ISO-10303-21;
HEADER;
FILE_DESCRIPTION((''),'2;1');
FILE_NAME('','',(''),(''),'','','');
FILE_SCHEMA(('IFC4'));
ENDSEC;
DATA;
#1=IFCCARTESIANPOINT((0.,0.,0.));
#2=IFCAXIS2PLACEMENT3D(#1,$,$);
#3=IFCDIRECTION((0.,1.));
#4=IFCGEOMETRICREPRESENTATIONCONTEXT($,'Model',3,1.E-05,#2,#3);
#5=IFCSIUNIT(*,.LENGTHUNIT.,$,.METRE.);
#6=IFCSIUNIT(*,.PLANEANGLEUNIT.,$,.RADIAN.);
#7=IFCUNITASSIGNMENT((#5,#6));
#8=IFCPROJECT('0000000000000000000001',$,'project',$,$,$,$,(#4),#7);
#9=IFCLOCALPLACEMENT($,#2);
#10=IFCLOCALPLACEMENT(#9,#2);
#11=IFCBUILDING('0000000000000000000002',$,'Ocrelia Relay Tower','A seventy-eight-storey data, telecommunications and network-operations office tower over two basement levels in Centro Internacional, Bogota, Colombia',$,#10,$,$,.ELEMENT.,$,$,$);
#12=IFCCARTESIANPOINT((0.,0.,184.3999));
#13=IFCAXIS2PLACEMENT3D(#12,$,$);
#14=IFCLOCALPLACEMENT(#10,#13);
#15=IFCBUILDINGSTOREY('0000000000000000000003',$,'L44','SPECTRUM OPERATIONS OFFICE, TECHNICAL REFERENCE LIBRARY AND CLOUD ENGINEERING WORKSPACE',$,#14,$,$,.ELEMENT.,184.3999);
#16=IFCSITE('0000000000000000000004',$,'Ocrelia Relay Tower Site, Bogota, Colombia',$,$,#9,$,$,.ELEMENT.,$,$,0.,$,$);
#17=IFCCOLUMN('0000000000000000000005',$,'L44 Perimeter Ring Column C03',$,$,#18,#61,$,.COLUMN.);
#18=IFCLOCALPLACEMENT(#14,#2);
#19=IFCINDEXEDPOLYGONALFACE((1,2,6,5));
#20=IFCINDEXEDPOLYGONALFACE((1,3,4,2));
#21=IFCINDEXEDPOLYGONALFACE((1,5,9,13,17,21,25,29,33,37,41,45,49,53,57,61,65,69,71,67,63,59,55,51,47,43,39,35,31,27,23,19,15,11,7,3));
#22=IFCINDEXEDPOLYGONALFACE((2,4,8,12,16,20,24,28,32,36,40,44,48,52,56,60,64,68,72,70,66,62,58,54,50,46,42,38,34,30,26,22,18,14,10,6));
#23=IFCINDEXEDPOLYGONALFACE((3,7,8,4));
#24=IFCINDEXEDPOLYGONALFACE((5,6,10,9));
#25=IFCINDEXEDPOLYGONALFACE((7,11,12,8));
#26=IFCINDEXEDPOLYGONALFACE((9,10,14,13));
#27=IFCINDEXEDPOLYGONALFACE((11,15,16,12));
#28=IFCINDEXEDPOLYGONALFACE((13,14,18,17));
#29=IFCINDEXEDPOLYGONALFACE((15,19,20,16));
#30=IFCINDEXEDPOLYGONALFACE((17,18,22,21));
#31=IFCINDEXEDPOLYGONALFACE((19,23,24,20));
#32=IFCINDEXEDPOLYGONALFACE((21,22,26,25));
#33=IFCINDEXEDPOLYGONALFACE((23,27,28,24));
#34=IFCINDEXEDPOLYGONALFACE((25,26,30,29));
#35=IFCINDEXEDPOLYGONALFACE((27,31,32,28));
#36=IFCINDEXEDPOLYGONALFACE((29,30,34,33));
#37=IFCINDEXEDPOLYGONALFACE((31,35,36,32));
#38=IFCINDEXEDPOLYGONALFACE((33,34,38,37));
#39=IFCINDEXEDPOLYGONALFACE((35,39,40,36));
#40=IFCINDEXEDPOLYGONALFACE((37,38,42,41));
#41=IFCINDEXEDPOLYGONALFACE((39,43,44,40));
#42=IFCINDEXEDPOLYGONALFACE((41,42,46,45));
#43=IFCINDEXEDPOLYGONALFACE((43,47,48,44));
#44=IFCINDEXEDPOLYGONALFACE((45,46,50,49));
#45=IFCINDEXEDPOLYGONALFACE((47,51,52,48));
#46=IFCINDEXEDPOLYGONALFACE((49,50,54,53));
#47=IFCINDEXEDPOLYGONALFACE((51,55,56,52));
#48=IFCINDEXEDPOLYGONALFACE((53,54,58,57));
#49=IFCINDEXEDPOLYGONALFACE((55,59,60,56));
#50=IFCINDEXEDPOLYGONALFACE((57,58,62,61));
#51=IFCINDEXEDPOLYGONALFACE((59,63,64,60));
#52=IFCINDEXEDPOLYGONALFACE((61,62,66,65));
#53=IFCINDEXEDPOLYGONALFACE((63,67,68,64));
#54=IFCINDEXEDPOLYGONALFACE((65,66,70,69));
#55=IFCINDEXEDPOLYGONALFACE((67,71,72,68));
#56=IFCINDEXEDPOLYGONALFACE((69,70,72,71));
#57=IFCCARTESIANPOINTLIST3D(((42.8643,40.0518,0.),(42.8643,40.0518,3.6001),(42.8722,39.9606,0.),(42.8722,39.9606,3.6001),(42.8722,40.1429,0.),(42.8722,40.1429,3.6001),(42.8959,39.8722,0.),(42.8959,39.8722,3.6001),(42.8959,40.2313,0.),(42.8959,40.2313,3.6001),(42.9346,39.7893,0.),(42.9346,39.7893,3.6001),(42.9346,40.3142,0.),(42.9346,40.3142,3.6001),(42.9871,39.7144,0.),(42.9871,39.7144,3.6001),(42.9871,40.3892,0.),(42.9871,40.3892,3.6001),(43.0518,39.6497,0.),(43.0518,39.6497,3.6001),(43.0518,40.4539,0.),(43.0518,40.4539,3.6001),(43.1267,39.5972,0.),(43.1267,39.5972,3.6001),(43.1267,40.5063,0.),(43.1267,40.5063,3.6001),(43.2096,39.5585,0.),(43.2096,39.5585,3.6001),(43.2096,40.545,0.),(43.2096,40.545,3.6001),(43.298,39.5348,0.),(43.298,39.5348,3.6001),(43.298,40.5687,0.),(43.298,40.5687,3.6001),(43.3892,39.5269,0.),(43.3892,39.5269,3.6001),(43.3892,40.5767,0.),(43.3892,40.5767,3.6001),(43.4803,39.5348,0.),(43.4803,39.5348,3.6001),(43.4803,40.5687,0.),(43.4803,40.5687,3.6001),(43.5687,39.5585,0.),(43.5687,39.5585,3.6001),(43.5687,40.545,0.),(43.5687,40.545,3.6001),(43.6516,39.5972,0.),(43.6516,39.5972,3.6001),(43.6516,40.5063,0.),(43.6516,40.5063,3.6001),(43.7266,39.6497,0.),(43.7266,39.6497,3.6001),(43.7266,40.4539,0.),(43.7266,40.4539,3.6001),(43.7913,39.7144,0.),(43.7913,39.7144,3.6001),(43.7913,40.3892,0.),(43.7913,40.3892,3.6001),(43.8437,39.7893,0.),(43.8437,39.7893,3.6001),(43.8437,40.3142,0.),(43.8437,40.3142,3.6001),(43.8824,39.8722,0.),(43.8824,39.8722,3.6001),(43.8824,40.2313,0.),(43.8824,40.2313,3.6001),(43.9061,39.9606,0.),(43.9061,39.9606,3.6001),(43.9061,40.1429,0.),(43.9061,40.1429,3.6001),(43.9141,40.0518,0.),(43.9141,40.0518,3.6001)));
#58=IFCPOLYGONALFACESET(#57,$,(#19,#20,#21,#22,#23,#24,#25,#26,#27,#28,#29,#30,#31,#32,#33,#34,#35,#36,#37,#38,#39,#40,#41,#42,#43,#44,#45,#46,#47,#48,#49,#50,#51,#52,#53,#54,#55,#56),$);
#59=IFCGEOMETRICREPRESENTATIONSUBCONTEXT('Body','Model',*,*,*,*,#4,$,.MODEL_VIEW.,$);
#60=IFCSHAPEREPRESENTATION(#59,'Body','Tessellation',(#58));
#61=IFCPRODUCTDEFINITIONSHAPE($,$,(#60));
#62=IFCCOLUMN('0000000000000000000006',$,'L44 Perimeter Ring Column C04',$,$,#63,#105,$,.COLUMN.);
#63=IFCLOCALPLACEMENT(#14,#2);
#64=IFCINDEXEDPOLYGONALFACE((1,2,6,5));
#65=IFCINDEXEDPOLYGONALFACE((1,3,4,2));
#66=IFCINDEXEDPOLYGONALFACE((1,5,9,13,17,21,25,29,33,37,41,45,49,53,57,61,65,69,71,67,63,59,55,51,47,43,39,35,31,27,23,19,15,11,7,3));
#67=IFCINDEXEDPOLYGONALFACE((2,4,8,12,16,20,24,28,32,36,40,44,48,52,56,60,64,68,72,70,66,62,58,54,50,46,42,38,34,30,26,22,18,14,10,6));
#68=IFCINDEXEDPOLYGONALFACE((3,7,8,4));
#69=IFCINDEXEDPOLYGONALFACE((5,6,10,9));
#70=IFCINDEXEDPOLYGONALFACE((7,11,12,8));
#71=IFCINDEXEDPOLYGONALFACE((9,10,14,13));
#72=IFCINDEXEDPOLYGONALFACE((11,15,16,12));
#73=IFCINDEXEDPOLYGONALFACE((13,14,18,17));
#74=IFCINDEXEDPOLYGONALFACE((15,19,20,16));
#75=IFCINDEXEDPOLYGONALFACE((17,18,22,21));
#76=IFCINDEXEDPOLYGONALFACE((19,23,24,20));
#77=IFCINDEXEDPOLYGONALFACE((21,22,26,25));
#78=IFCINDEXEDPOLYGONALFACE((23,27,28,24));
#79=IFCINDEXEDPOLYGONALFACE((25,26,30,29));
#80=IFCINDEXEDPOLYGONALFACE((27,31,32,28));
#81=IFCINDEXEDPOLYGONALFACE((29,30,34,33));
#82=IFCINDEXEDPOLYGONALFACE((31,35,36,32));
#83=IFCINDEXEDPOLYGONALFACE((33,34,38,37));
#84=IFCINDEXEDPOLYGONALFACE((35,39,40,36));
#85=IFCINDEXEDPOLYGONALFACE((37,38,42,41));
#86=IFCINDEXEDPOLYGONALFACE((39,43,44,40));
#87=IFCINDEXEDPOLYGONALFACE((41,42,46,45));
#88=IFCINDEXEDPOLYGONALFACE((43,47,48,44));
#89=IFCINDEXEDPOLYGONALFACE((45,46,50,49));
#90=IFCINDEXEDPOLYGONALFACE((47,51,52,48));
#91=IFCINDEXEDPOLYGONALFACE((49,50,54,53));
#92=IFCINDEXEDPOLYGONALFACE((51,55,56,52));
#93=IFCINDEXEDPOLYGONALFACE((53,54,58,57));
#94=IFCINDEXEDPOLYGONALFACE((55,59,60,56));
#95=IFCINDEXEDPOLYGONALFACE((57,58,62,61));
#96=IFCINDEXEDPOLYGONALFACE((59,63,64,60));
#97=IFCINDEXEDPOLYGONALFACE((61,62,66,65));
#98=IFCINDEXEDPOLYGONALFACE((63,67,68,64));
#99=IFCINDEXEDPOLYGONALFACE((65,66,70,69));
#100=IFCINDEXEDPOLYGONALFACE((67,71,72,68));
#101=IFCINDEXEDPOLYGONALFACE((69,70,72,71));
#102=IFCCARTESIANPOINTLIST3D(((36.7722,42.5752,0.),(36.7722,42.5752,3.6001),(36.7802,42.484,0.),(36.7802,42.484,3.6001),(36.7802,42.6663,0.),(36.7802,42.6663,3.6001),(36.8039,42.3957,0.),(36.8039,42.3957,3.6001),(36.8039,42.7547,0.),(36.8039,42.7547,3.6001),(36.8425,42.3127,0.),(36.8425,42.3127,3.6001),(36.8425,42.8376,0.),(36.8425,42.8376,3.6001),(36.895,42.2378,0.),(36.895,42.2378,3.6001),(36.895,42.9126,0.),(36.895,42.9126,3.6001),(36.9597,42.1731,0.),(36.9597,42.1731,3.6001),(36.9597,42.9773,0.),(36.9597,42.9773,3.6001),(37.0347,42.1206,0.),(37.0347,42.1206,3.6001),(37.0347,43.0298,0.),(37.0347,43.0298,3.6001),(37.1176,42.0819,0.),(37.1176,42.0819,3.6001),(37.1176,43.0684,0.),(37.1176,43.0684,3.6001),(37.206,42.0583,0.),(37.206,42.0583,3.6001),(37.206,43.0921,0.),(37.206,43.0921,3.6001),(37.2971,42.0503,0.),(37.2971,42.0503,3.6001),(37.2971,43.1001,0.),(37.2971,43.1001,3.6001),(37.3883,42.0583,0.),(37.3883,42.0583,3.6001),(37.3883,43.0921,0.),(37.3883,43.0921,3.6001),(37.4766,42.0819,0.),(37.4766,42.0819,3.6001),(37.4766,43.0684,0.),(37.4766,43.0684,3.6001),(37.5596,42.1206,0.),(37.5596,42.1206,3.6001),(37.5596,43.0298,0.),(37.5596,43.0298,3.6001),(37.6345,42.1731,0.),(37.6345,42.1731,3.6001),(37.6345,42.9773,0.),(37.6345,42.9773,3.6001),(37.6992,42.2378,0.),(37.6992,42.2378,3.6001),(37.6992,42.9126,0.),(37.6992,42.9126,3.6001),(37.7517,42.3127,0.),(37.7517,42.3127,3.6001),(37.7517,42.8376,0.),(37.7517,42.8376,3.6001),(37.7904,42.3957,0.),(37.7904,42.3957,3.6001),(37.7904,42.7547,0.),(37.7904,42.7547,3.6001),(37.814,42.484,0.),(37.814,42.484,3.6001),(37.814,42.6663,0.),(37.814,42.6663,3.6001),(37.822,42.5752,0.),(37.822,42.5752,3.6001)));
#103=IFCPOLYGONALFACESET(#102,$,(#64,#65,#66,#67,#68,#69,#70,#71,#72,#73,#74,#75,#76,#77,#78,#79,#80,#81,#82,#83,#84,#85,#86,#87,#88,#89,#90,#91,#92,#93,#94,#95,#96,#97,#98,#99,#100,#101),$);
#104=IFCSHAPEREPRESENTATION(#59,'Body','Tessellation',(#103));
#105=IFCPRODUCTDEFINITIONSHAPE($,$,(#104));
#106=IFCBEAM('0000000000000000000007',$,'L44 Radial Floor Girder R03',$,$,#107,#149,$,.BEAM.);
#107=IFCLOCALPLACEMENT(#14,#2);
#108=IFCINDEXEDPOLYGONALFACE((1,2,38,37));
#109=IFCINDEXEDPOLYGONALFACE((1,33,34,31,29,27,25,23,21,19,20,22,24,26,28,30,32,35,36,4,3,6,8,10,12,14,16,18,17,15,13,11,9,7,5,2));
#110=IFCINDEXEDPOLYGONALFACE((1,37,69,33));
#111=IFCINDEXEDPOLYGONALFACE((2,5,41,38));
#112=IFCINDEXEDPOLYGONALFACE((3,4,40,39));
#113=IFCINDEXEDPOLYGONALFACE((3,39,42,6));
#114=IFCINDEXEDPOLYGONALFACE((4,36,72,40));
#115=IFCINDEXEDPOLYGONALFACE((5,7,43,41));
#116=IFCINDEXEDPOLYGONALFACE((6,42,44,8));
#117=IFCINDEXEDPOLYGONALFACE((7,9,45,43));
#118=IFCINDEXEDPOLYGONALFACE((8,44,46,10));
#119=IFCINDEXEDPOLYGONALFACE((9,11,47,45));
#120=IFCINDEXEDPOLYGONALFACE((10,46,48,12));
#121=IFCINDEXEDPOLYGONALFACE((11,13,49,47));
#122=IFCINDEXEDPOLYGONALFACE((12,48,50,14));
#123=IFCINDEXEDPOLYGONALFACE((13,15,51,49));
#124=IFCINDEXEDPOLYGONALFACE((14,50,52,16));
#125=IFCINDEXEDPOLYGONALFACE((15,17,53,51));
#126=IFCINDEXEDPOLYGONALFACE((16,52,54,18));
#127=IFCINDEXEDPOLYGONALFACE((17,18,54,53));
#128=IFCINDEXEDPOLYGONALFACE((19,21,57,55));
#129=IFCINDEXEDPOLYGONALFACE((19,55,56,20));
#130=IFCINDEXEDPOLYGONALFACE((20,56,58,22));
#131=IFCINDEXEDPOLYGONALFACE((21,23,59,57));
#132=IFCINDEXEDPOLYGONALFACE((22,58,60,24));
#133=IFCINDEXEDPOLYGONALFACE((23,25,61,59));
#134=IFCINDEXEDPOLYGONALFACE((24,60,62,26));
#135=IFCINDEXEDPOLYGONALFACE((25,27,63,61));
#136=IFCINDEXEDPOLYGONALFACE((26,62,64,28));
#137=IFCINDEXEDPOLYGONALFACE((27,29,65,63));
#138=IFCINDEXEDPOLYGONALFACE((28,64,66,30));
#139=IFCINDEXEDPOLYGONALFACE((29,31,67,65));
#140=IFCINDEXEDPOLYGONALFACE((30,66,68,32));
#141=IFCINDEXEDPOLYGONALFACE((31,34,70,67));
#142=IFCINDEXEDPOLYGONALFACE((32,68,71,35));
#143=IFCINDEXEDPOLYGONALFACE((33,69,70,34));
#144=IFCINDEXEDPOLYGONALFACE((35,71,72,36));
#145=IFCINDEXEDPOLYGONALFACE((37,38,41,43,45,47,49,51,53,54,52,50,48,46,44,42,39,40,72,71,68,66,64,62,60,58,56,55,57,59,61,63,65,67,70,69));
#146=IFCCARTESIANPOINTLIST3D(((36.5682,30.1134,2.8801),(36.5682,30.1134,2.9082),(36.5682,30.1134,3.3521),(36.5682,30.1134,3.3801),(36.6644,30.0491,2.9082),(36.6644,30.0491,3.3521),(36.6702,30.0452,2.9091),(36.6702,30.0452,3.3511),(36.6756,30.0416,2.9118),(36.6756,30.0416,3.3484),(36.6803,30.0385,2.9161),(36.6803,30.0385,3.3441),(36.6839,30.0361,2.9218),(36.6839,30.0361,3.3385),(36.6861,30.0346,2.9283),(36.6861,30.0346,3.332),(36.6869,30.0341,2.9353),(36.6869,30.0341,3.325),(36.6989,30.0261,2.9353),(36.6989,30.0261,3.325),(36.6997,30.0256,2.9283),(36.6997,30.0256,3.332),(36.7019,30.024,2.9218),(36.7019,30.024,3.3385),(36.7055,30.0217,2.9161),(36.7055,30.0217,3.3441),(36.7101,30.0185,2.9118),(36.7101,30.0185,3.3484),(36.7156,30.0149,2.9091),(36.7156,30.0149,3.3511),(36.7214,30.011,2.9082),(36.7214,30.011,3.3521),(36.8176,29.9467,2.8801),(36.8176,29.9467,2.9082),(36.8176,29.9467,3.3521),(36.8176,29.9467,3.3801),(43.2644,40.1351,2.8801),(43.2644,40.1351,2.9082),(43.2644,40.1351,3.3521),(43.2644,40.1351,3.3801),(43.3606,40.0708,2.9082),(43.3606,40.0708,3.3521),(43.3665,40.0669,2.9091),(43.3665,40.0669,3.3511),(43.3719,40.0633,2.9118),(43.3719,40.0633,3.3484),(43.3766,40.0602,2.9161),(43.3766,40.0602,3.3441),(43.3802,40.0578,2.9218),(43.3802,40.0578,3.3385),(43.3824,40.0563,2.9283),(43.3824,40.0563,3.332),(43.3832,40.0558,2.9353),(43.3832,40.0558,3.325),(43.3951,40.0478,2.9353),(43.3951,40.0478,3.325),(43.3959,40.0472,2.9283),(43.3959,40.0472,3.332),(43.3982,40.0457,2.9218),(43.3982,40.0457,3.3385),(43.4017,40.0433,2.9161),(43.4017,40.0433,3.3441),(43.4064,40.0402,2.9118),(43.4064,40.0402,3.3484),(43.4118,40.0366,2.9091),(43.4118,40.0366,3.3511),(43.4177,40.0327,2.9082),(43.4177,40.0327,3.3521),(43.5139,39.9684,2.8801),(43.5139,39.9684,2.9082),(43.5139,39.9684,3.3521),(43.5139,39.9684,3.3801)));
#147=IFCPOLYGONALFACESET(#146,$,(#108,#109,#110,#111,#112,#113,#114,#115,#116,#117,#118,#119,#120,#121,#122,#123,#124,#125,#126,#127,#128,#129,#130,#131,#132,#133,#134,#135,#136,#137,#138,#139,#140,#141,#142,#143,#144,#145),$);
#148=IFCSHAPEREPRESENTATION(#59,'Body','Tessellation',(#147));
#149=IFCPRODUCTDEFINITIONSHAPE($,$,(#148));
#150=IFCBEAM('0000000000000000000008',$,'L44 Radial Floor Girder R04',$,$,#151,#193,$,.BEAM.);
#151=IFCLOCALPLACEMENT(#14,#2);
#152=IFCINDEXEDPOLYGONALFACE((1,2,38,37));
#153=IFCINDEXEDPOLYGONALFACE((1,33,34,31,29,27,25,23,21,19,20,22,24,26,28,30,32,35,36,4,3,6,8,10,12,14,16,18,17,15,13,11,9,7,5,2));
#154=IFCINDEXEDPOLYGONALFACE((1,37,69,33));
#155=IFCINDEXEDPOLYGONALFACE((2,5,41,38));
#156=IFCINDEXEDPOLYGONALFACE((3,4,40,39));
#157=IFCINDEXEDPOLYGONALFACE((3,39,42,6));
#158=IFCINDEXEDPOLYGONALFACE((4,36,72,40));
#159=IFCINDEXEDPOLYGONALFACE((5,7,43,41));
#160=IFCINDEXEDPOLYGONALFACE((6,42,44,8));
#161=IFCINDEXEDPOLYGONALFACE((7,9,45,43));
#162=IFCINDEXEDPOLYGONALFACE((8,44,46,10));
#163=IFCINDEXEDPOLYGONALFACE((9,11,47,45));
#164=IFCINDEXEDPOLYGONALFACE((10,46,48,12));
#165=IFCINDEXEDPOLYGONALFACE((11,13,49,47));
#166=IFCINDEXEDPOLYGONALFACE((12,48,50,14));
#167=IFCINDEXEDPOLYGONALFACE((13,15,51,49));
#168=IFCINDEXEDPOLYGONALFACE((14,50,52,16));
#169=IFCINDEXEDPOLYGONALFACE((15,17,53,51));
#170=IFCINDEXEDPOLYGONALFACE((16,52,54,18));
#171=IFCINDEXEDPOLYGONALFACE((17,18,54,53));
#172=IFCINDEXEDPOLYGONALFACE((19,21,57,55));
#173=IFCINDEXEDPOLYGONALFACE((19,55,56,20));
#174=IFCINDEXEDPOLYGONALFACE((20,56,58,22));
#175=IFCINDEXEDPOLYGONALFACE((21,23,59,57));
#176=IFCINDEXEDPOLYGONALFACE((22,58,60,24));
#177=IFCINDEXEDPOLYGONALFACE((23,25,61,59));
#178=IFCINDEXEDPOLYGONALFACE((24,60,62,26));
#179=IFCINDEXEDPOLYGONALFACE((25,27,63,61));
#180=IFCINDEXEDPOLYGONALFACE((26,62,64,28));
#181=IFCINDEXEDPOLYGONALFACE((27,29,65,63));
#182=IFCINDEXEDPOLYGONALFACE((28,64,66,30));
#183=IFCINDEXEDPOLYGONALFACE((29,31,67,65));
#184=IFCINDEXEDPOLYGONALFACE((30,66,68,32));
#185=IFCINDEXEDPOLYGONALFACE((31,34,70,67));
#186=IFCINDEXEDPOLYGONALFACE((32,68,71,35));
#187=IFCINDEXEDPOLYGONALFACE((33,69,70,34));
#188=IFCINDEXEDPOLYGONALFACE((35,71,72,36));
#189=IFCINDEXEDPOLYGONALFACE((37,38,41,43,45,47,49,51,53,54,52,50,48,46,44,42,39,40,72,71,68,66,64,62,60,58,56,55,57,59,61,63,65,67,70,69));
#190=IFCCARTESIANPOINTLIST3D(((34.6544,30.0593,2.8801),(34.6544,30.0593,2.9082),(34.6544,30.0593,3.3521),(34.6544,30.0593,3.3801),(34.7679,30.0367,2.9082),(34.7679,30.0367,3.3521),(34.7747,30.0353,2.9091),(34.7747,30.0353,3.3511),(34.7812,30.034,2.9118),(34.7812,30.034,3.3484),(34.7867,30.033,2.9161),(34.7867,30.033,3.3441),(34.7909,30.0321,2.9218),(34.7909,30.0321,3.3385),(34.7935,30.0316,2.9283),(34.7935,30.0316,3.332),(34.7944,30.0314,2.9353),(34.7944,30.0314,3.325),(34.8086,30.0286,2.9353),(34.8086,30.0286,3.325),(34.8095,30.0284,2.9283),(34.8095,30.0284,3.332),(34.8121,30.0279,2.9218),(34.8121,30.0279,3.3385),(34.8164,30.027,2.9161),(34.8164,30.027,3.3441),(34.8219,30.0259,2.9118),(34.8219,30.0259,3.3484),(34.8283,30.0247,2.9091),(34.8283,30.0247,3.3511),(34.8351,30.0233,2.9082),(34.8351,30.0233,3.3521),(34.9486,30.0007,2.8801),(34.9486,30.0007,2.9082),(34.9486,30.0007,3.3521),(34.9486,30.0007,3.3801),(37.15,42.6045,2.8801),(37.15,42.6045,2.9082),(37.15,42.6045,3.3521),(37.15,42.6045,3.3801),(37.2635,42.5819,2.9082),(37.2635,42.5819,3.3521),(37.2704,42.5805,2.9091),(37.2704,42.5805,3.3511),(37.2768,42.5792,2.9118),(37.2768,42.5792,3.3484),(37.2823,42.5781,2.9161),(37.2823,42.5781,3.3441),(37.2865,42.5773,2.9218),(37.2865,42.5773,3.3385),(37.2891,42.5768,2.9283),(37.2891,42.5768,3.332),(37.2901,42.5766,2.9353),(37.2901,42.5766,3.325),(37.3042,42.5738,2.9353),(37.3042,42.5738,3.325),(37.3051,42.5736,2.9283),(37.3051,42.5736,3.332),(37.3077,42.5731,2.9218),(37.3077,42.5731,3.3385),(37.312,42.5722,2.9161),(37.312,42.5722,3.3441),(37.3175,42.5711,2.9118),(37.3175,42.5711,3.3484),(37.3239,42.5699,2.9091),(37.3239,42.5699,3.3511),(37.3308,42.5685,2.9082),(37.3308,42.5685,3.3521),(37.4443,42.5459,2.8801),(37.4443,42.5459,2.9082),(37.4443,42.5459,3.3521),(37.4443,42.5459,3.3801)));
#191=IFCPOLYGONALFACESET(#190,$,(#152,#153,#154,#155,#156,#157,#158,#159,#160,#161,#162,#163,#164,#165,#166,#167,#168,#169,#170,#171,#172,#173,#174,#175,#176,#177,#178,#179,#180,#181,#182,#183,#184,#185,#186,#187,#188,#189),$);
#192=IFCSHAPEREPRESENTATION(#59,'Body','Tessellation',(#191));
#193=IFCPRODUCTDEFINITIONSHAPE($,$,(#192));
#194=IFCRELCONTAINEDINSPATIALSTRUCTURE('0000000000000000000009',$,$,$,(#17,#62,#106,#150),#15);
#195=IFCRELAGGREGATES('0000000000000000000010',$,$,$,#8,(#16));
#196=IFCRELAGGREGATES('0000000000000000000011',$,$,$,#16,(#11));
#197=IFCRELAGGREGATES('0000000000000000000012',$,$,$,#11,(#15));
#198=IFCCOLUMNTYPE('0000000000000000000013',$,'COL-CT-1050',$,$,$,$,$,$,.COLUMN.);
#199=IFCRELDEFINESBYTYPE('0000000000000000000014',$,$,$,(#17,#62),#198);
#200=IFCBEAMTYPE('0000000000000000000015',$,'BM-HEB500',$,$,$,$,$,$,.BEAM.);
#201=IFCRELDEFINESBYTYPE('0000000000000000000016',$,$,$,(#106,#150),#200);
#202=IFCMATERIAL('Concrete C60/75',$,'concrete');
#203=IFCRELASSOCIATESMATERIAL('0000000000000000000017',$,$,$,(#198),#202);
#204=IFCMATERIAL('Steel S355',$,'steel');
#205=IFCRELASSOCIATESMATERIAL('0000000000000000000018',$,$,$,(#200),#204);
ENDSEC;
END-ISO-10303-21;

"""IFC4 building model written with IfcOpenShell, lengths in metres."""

from ifc_helpers import new_model, si_unit, direction, frame, origin, origin_2d, place, context, subcontext, project, spatial, circle, i_section, extrude, material, material_profile, profile_set, type_object, element, save


model = new_model("IFC4")

# Units and contexts
model_context = context("Model", 3, precision=1e-05, world=origin(), true_north=direction((0.0, 1.0)))
body_context = subcontext(model_context, "Body", "Model", "MODEL_VIEW")
ifc_project = project(units=[si_unit("LENGTHUNIT", "METRE"), si_unit("PLANEANGLEUNIT", "RADIAN")], contexts=[model_context])

# Site, building, storey
site_placement = place(None, origin())
site = spatial("IfcSite", under=ifc_project, at=site_placement, Name="Ocrelia Relay Tower Site, Bogota, Colombia", CompositionType="ELEMENT", RefElevation=0.0)
building_placement = place(site_placement, origin())
building = spatial("IfcBuilding", under=site, at=building_placement, Name="Ocrelia Relay Tower", Description="A seventy-eight-storey data, telecommunications and network-operations office tower over two basement levels in Centro Internacional, Bogota, Colombia", CompositionType="ELEMENT")
storey_placement = place(building_placement, frame((0.0, 0.0, 184.3999)))
storey = spatial("IfcBuildingStorey", under=building, at=storey_placement, Name="L44", Description="SPECTRUM OPERATIONS OFFICE, TECHNICAL REFERENCE LIBRARY AND CLOUD ENGINEERING WORKSPACE", CompositionType="ELEMENT", Elevation=184.3999)

# Columns
ifc_material_1 = material(Name="Concrete C60/75", Category="concrete")
ifc_material_profile_1 = material_profile(ifc_material_1, circle(Radius=0.5249, at=origin_2d()), Name="RC-CIR-1050")
ifc_profile_set_1 = profile_set([ifc_material_profile_1], Name="Concrete C60/75")
column_type = type_object("IfcColumnType", Name="COL-CT-1050", PredefinedType="COLUMN", material=ifc_profile_set_1)
for number, where, z_axis, x_axis, name in (
    (1, (43.3892, 40.0518, 0.0), (0.0, 0.0, 1.0), (1.0, 0.0, 0.0), "L44 Perimeter Ring Column C03"),
    (2, (37.2971, 42.5752, 0.0), (0.0, 0.0, 1.0), (1.0, 0.0, 0.0), "L44 Perimeter Ring Column C04"),
):
    element("IfcColumn", number, at=place(storey_placement, frame(where, z_axis=z_axis, x_axis=x_axis)), inside=storey, type_object=column_type, Name=name, PredefinedType="COLUMN", context=body_context, shape_type="SweptSolid", body=[
        extrude(circle(Radius=0.5249, at=origin_2d()), origin(), (0.0, 0.0, 1.0), 3.6001),
    ])

# Beams
ifc_material_2 = material(Name="Steel S355", Category="steel")
ifc_material_profile_2 = material_profile(ifc_material_2, i_section(OverallWidth=0.3, OverallDepth=0.5, WebThickness=0.0144, FlangeThickness=0.0281, FilletRadius=0.0271, at=origin_2d()), Name="HEB 500")
ifc_profile_set_2 = profile_set([ifc_material_profile_2], Name="Steel S355")
beam_type_1 = type_object("IfcBeamType", Name="BM-HEB500", PredefinedType="BEAM", material=ifc_profile_set_2)
beam_1_placement = place(storey_placement, frame((43.3892, 40.0518, 3.1301), z_axis=(-0.555569, -0.83147, 0.0), x_axis=(0.83147, -0.555569, 0.0)))
element("IfcBeam", 3, at=beam_1_placement, inside=storey, type_object=beam_type_1, Name="L44 Radial Floor Girder R03", PredefinedType="BEAM", context=body_context, shape_type="SweptSolid", body=[
    extrude(i_section(OverallWidth=0.3, OverallDepth=0.5, WebThickness=0.0144, FlangeThickness=0.0281, FilletRadius=0.0271, at=origin_2d()), origin(), (0.0, 0.0, 1.0), 12.053),
])
beam_2_placement = place(storey_placement, frame((37.2971, 42.5752, 3.1301), z_axis=(-0.195107, -0.980782, 0.0), x_axis=(0.980782, -0.195107, 0.0)))
element("IfcBeam", 4, at=beam_2_placement, inside=storey, type_object=beam_type_1, Name="L44 Radial Floor Girder R04", PredefinedType="BEAM", context=body_context, shape_type="SweptSolid", body=[
    extrude(i_section(OverallWidth=0.3, OverallDepth=0.5, WebThickness=0.0144, FlangeThickness=0.0281, FilletRadius=0.0271, at=origin_2d()), origin(), (0.0, 0.0, 1.0), 12.791),
])

save(model, "model.ifc")
